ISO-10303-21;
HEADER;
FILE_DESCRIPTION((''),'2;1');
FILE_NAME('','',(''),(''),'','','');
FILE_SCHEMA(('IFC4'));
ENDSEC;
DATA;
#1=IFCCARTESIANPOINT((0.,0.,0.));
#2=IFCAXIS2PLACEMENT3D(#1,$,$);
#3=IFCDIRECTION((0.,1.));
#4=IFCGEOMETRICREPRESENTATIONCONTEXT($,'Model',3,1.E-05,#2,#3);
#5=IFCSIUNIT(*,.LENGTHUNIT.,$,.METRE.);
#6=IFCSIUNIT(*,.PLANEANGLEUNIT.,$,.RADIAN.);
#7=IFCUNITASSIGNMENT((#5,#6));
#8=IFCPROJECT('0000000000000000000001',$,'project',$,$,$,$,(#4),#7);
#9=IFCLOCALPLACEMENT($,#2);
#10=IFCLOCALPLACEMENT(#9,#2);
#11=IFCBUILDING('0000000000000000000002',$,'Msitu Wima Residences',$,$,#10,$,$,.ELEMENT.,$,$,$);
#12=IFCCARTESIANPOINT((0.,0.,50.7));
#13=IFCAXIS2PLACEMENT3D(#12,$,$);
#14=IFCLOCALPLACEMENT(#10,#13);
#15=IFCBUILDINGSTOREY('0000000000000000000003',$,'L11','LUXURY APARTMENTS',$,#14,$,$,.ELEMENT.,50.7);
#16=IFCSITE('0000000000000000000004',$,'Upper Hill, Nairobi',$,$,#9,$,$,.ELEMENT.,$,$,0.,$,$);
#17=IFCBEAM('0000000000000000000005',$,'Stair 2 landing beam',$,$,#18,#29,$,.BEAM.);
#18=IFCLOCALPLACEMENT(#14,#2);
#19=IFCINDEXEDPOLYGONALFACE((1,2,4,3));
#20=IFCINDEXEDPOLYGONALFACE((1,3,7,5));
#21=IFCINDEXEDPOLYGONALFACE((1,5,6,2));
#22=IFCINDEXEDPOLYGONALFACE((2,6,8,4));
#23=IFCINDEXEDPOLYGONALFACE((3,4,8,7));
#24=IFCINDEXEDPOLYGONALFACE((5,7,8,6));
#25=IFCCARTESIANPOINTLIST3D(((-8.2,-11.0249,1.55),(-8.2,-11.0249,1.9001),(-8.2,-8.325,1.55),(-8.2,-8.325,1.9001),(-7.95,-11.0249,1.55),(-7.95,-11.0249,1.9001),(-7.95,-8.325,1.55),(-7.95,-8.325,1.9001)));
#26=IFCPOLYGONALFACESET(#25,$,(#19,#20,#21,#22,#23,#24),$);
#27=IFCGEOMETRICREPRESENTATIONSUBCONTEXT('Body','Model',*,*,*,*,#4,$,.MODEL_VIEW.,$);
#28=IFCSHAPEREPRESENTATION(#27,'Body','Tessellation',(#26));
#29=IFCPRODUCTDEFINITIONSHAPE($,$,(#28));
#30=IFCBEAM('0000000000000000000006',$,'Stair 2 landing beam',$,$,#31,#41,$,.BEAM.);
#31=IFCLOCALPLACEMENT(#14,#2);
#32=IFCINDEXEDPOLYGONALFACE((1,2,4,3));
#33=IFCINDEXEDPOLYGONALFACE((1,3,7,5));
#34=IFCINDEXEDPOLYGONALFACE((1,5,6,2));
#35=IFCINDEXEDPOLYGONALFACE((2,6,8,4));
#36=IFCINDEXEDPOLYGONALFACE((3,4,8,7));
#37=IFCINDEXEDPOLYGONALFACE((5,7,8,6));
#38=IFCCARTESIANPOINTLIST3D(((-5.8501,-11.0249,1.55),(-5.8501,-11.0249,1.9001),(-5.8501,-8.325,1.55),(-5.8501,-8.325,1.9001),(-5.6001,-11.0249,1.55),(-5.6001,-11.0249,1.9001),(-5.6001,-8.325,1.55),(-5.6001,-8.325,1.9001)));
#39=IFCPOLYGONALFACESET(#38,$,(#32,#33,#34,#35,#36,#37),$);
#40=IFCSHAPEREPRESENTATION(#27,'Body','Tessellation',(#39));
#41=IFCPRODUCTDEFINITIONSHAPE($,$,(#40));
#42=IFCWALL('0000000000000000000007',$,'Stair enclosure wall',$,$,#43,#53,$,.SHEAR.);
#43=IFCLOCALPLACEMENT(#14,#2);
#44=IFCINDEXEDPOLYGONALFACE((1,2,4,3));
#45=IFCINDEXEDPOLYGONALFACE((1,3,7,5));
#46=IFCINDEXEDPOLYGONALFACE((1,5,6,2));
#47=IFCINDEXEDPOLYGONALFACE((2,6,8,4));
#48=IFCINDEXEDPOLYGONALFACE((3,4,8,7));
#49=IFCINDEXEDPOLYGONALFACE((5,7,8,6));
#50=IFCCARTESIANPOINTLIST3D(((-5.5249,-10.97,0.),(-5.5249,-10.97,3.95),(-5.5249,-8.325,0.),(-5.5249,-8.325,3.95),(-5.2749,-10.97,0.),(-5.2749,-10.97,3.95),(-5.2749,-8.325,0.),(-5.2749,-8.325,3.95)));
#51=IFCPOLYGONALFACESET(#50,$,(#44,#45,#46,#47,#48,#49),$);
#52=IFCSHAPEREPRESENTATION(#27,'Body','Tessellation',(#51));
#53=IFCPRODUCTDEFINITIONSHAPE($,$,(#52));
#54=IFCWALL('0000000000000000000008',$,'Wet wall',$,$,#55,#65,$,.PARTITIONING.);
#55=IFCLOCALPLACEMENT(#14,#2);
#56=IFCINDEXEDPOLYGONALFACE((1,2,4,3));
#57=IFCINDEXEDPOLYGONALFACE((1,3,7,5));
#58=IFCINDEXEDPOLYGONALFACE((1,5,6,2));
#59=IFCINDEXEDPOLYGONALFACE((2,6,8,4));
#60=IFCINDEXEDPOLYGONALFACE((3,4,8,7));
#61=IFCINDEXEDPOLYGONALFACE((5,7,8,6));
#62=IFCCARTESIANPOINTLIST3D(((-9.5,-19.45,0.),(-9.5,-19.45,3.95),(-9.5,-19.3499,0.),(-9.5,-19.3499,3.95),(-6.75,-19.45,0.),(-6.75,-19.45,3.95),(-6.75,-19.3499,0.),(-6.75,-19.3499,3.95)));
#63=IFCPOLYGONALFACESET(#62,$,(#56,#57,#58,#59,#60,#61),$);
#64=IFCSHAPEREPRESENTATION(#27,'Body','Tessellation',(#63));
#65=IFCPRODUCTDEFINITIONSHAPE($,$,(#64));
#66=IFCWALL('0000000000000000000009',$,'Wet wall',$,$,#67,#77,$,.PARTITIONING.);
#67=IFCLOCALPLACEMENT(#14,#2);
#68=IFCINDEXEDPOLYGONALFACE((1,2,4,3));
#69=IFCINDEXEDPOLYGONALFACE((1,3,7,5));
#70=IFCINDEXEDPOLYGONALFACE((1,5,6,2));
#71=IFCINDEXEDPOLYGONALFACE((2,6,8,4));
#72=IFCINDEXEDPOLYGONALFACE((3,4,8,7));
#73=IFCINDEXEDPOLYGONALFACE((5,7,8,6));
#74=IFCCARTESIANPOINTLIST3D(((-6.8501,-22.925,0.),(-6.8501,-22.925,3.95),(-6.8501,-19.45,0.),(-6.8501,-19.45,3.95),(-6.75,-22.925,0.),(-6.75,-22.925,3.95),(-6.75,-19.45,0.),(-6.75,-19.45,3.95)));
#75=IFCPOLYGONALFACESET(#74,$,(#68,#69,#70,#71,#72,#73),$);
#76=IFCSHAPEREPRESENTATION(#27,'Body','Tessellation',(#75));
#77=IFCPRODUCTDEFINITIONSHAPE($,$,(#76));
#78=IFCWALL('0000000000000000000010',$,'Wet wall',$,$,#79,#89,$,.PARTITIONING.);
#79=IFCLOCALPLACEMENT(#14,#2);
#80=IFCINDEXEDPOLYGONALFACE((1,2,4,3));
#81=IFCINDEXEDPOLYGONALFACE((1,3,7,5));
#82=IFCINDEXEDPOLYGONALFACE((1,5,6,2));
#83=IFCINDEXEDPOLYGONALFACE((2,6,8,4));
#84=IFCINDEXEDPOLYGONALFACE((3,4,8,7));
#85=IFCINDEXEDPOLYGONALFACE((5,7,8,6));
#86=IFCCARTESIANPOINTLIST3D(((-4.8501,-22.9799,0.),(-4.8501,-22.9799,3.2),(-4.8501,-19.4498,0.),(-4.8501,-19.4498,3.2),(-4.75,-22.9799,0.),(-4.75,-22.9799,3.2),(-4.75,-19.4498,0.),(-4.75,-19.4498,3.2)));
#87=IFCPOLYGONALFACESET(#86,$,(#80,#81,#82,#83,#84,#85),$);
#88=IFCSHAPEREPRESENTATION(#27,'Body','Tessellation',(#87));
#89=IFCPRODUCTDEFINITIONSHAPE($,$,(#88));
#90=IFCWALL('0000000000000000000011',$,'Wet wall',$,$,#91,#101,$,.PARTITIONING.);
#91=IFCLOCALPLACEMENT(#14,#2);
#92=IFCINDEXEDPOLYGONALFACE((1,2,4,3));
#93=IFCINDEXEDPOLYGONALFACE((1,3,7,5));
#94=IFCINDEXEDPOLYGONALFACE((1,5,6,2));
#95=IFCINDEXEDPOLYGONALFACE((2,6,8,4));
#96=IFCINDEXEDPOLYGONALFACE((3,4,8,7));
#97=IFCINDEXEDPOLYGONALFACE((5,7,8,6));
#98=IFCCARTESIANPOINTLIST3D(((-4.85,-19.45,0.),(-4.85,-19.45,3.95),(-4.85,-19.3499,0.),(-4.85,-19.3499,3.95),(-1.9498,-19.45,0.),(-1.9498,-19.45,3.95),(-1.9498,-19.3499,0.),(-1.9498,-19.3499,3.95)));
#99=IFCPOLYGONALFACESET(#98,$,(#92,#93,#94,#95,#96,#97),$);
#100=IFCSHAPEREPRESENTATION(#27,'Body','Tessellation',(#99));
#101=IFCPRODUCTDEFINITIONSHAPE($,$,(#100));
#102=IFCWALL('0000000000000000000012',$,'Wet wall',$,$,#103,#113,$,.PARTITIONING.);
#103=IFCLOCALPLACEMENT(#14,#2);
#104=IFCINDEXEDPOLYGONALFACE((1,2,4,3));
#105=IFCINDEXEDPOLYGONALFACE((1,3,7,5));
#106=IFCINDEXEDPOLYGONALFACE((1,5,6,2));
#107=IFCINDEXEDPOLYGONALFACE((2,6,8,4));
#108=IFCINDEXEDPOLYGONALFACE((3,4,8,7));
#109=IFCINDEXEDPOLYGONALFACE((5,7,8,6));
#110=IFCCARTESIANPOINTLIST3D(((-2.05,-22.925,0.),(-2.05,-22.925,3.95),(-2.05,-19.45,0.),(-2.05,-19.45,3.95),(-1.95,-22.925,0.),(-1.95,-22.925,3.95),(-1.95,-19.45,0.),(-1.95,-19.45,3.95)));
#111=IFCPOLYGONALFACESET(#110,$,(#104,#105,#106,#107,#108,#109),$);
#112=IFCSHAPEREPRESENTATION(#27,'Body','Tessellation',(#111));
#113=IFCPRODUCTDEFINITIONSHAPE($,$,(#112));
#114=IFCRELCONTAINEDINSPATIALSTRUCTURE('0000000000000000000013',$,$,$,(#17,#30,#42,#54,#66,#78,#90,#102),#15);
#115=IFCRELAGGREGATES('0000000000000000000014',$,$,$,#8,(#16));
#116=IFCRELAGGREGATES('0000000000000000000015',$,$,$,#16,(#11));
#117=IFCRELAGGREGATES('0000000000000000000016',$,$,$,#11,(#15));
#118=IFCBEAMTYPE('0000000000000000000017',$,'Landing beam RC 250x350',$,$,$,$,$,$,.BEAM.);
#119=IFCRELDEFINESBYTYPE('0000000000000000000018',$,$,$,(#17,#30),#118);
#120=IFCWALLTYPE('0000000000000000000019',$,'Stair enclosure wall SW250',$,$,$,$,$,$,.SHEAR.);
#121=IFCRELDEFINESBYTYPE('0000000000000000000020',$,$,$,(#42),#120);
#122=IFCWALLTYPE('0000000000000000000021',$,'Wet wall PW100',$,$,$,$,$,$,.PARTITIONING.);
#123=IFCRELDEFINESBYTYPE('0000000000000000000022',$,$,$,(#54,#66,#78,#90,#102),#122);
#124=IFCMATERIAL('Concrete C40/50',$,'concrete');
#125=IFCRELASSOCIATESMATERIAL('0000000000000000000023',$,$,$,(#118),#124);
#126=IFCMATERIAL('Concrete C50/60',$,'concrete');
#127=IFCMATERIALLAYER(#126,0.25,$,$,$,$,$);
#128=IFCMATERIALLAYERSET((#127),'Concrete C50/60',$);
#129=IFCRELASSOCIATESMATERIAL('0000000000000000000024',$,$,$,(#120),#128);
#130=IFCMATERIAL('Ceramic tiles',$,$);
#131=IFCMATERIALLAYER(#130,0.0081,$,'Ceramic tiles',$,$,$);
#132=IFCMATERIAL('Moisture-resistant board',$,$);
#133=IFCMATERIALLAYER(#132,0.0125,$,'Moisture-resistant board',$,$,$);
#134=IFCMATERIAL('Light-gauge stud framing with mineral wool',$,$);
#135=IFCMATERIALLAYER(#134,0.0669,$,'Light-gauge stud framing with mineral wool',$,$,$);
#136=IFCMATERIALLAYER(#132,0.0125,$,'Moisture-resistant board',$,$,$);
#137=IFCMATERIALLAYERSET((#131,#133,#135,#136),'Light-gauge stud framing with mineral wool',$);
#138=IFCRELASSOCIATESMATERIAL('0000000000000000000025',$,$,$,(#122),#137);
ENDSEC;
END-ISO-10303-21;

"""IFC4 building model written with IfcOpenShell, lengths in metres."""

from ifc_helpers import new_model, si_unit, direction, frame, frame_2d, origin, origin_2d, place, context, subcontext, project, spatial, rectangle, extrude, material, layer, layer_set, material_profile, profile_set, type_object, element, save


model = new_model("IFC4")

# Units and contexts
model_context = context("Model", 3, precision=1e-05, world=origin(), true_north=direction((0.0, 1.0)))
body_context = subcontext(model_context, "Body", "Model", "MODEL_VIEW")
ifc_project = project(units=[si_unit("LENGTHUNIT", "METRE"), si_unit("PLANEANGLEUNIT", "RADIAN")], contexts=[model_context])

# Site, building, storey
site_placement = place(None, origin())
site = spatial("IfcSite", under=ifc_project, at=site_placement, Name="Upper Hill, Nairobi", CompositionType="ELEMENT", RefElevation=0.0)
building_placement = place(site_placement, origin())
building = spatial("IfcBuilding", under=site, at=building_placement, Name="Msitu Wima Residences", CompositionType="ELEMENT")
storey_placement = place(building_placement, frame((0.0, 0.0, 50.7)))
storey = spatial("IfcBuildingStorey", under=building, at=storey_placement, Name="L11", Description="LUXURY APARTMENTS", CompositionType="ELEMENT", Elevation=50.7)

# Beams
ifc_material_1 = material(Name="Concrete C40/50", Category="concrete")
ifc_material_profile = material_profile(ifc_material_1, rectangle(XDim=0.25, YDim=0.3501, at=origin_2d()), Name="RC 250x350")
ifc_profile_set = profile_set([ifc_material_profile], Name="Concrete C40/50")
beam_type = type_object("IfcBeamType", Name="Landing beam RC 250x350", PredefinedType="BEAM", material=ifc_profile_set)
for number, where, z_axis, x_axis, name in (
    (1, (-8.075, -11.0249, 1.7251), (0.0, 1.0, 0.0), (-1.0, 0.0, 0.0), "Stair 2 landing beam"),
    (2, (-5.7251, -11.0249, 1.7251), (0.0, 1.0, 0.0), (-1.0, 0.0, 0.0), "Stair 2 landing beam"),
):
    element("IfcBeam", number, at=place(storey_placement, frame(where, z_axis=z_axis, x_axis=x_axis)), inside=storey, type_object=beam_type, Name=name, PredefinedType="BEAM", context=body_context, shape_type="SweptSolid", body=[
        extrude(rectangle(XDim=0.25, YDim=0.3501, at=origin_2d()), origin(), (0.0, 0.0, 1.0), 2.7),
    ])

# Walls
ifc_material_2 = material(Name="Concrete C50/60", Category="concrete")
ifc_layer_1 = layer(ifc_material_2, 0.25)
ifc_layer_set_1 = layer_set([ifc_layer_1], Name="Concrete C50/60")
wall_type_1 = type_object("IfcWallType", Name="Stair enclosure wall SW250", PredefinedType="SHEAR", material=ifc_layer_set_1)
wall_1_placement = place(storey_placement, frame((-5.3999, -10.97, 0.0), z_axis=(0.0, 0.0, 1.0), x_axis=(0.0, 1.0, 0.0)))
element("IfcWall", 3, at=wall_1_placement, inside=storey, type_object=wall_type_1, Name="Stair enclosure wall", PredefinedType="SHEAR", context=body_context, shape_type="SweptSolid", body=[
    extrude(rectangle(XDim=2.645, YDim=0.25, at=frame_2d((1.3225, 0.0))), origin(), (0.0, 0.0, 1.0), 3.95),
])
ifc_material_3 = material(Name="Ceramic tiles")
ifc_layer_2 = layer(ifc_material_3, 0.0081, Name="Ceramic tiles")
ifc_material_4 = material(Name="Moisture-resistant board")
ifc_layer_3 = layer(ifc_material_4, 0.0125, Name="Moisture-resistant board")
ifc_material_5 = material(Name="Light-gauge stud framing with mineral wool")
ifc_layer_4 = layer(ifc_material_5, 0.0669, Name="Light-gauge stud framing with mineral wool")
ifc_layer_5 = layer(ifc_material_4, 0.0125, Name="Moisture-resistant board")
ifc_layer_set_2 = layer_set([ifc_layer_2, ifc_layer_3, ifc_layer_4, ifc_layer_5], Name="Light-gauge stud framing with mineral wool")
wall_type_2 = type_object("IfcWallType", Name="Wet wall PW100", PredefinedType="PARTITIONING", material=ifc_layer_set_2)
wall_2_placement = place(storey_placement, frame((-9.5, -19.3999, 0.0), z_axis=(0.0, 0.0, 1.0), x_axis=(1.0, 0.0, 0.0)))
element("IfcWall", 4, at=wall_2_placement, inside=storey, type_object=wall_type_2, Name="Wet wall", PredefinedType="PARTITIONING", context=body_context, shape_type="SweptSolid", body=[
    extrude(rectangle(XDim=2.75, YDim=0.1001, at=frame_2d((1.375, 0.0))), origin(), (0.0, 0.0, 1.0), 3.95),
])
wall_3_placement = place(storey_placement, frame((-6.8, -22.925, 0.0), z_axis=(0.0, 0.0, 1.0), x_axis=(0.0, 1.0, 0.0)))
element("IfcWall", 5, at=wall_3_placement, inside=storey, type_object=wall_type_2, Name="Wet wall", PredefinedType="PARTITIONING", context=body_context, shape_type="SweptSolid", body=[
    extrude(rectangle(XDim=3.4751, YDim=0.1001, at=frame_2d((1.7375, 0.0))), origin(), (0.0, 0.0, 1.0), 3.95),
])
wall_4_placement = place(storey_placement, frame((-4.8, -22.98, 0.0), z_axis=(0.0, 0.0, 1.0), x_axis=(0.0, 1.0, 0.0)))
element("IfcWall", 6, at=wall_4_placement, inside=storey, type_object=wall_type_2, Name="Wet wall", PredefinedType="PARTITIONING", context=body_context, shape_type="SweptSolid", body=[
    extrude(rectangle(XDim=3.53, YDim=0.1001, at=frame_2d((1.7651, 0.0))), origin(), (0.0, 0.0, 1.0), 3.2),
])
wall_5_placement = place(storey_placement, frame((-4.8501, -19.3999, 0.0), z_axis=(0.0, 0.0, 1.0), x_axis=(1.0, 0.0, 0.0)))
element("IfcWall", 7, at=wall_5_placement, inside=storey, type_object=wall_type_2, Name="Wet wall", PredefinedType="PARTITIONING", context=body_context, shape_type="SweptSolid", body=[
    extrude(rectangle(XDim=2.9001, YDim=0.1001, at=frame_2d((1.4502, 0.0))), origin(), (0.0, 0.0, 1.0), 3.95),
])
wall_6_placement = place(storey_placement, frame((-2.0, -22.925, 0.0), z_axis=(0.0, 0.0, 1.0), x_axis=(0.0, 1.0, 0.0)))
element("IfcWall", 8, at=wall_6_placement, inside=storey, type_object=wall_type_2, Name="Wet wall", PredefinedType="PARTITIONING", context=body_context, shape_type="SweptSolid", body=[
    extrude(rectangle(XDim=3.4751, YDim=0.1001, at=frame_2d((1.7375, 0.0))), origin(), (0.0, 0.0, 1.0), 3.95),
])

save(model, "model.ifc")
